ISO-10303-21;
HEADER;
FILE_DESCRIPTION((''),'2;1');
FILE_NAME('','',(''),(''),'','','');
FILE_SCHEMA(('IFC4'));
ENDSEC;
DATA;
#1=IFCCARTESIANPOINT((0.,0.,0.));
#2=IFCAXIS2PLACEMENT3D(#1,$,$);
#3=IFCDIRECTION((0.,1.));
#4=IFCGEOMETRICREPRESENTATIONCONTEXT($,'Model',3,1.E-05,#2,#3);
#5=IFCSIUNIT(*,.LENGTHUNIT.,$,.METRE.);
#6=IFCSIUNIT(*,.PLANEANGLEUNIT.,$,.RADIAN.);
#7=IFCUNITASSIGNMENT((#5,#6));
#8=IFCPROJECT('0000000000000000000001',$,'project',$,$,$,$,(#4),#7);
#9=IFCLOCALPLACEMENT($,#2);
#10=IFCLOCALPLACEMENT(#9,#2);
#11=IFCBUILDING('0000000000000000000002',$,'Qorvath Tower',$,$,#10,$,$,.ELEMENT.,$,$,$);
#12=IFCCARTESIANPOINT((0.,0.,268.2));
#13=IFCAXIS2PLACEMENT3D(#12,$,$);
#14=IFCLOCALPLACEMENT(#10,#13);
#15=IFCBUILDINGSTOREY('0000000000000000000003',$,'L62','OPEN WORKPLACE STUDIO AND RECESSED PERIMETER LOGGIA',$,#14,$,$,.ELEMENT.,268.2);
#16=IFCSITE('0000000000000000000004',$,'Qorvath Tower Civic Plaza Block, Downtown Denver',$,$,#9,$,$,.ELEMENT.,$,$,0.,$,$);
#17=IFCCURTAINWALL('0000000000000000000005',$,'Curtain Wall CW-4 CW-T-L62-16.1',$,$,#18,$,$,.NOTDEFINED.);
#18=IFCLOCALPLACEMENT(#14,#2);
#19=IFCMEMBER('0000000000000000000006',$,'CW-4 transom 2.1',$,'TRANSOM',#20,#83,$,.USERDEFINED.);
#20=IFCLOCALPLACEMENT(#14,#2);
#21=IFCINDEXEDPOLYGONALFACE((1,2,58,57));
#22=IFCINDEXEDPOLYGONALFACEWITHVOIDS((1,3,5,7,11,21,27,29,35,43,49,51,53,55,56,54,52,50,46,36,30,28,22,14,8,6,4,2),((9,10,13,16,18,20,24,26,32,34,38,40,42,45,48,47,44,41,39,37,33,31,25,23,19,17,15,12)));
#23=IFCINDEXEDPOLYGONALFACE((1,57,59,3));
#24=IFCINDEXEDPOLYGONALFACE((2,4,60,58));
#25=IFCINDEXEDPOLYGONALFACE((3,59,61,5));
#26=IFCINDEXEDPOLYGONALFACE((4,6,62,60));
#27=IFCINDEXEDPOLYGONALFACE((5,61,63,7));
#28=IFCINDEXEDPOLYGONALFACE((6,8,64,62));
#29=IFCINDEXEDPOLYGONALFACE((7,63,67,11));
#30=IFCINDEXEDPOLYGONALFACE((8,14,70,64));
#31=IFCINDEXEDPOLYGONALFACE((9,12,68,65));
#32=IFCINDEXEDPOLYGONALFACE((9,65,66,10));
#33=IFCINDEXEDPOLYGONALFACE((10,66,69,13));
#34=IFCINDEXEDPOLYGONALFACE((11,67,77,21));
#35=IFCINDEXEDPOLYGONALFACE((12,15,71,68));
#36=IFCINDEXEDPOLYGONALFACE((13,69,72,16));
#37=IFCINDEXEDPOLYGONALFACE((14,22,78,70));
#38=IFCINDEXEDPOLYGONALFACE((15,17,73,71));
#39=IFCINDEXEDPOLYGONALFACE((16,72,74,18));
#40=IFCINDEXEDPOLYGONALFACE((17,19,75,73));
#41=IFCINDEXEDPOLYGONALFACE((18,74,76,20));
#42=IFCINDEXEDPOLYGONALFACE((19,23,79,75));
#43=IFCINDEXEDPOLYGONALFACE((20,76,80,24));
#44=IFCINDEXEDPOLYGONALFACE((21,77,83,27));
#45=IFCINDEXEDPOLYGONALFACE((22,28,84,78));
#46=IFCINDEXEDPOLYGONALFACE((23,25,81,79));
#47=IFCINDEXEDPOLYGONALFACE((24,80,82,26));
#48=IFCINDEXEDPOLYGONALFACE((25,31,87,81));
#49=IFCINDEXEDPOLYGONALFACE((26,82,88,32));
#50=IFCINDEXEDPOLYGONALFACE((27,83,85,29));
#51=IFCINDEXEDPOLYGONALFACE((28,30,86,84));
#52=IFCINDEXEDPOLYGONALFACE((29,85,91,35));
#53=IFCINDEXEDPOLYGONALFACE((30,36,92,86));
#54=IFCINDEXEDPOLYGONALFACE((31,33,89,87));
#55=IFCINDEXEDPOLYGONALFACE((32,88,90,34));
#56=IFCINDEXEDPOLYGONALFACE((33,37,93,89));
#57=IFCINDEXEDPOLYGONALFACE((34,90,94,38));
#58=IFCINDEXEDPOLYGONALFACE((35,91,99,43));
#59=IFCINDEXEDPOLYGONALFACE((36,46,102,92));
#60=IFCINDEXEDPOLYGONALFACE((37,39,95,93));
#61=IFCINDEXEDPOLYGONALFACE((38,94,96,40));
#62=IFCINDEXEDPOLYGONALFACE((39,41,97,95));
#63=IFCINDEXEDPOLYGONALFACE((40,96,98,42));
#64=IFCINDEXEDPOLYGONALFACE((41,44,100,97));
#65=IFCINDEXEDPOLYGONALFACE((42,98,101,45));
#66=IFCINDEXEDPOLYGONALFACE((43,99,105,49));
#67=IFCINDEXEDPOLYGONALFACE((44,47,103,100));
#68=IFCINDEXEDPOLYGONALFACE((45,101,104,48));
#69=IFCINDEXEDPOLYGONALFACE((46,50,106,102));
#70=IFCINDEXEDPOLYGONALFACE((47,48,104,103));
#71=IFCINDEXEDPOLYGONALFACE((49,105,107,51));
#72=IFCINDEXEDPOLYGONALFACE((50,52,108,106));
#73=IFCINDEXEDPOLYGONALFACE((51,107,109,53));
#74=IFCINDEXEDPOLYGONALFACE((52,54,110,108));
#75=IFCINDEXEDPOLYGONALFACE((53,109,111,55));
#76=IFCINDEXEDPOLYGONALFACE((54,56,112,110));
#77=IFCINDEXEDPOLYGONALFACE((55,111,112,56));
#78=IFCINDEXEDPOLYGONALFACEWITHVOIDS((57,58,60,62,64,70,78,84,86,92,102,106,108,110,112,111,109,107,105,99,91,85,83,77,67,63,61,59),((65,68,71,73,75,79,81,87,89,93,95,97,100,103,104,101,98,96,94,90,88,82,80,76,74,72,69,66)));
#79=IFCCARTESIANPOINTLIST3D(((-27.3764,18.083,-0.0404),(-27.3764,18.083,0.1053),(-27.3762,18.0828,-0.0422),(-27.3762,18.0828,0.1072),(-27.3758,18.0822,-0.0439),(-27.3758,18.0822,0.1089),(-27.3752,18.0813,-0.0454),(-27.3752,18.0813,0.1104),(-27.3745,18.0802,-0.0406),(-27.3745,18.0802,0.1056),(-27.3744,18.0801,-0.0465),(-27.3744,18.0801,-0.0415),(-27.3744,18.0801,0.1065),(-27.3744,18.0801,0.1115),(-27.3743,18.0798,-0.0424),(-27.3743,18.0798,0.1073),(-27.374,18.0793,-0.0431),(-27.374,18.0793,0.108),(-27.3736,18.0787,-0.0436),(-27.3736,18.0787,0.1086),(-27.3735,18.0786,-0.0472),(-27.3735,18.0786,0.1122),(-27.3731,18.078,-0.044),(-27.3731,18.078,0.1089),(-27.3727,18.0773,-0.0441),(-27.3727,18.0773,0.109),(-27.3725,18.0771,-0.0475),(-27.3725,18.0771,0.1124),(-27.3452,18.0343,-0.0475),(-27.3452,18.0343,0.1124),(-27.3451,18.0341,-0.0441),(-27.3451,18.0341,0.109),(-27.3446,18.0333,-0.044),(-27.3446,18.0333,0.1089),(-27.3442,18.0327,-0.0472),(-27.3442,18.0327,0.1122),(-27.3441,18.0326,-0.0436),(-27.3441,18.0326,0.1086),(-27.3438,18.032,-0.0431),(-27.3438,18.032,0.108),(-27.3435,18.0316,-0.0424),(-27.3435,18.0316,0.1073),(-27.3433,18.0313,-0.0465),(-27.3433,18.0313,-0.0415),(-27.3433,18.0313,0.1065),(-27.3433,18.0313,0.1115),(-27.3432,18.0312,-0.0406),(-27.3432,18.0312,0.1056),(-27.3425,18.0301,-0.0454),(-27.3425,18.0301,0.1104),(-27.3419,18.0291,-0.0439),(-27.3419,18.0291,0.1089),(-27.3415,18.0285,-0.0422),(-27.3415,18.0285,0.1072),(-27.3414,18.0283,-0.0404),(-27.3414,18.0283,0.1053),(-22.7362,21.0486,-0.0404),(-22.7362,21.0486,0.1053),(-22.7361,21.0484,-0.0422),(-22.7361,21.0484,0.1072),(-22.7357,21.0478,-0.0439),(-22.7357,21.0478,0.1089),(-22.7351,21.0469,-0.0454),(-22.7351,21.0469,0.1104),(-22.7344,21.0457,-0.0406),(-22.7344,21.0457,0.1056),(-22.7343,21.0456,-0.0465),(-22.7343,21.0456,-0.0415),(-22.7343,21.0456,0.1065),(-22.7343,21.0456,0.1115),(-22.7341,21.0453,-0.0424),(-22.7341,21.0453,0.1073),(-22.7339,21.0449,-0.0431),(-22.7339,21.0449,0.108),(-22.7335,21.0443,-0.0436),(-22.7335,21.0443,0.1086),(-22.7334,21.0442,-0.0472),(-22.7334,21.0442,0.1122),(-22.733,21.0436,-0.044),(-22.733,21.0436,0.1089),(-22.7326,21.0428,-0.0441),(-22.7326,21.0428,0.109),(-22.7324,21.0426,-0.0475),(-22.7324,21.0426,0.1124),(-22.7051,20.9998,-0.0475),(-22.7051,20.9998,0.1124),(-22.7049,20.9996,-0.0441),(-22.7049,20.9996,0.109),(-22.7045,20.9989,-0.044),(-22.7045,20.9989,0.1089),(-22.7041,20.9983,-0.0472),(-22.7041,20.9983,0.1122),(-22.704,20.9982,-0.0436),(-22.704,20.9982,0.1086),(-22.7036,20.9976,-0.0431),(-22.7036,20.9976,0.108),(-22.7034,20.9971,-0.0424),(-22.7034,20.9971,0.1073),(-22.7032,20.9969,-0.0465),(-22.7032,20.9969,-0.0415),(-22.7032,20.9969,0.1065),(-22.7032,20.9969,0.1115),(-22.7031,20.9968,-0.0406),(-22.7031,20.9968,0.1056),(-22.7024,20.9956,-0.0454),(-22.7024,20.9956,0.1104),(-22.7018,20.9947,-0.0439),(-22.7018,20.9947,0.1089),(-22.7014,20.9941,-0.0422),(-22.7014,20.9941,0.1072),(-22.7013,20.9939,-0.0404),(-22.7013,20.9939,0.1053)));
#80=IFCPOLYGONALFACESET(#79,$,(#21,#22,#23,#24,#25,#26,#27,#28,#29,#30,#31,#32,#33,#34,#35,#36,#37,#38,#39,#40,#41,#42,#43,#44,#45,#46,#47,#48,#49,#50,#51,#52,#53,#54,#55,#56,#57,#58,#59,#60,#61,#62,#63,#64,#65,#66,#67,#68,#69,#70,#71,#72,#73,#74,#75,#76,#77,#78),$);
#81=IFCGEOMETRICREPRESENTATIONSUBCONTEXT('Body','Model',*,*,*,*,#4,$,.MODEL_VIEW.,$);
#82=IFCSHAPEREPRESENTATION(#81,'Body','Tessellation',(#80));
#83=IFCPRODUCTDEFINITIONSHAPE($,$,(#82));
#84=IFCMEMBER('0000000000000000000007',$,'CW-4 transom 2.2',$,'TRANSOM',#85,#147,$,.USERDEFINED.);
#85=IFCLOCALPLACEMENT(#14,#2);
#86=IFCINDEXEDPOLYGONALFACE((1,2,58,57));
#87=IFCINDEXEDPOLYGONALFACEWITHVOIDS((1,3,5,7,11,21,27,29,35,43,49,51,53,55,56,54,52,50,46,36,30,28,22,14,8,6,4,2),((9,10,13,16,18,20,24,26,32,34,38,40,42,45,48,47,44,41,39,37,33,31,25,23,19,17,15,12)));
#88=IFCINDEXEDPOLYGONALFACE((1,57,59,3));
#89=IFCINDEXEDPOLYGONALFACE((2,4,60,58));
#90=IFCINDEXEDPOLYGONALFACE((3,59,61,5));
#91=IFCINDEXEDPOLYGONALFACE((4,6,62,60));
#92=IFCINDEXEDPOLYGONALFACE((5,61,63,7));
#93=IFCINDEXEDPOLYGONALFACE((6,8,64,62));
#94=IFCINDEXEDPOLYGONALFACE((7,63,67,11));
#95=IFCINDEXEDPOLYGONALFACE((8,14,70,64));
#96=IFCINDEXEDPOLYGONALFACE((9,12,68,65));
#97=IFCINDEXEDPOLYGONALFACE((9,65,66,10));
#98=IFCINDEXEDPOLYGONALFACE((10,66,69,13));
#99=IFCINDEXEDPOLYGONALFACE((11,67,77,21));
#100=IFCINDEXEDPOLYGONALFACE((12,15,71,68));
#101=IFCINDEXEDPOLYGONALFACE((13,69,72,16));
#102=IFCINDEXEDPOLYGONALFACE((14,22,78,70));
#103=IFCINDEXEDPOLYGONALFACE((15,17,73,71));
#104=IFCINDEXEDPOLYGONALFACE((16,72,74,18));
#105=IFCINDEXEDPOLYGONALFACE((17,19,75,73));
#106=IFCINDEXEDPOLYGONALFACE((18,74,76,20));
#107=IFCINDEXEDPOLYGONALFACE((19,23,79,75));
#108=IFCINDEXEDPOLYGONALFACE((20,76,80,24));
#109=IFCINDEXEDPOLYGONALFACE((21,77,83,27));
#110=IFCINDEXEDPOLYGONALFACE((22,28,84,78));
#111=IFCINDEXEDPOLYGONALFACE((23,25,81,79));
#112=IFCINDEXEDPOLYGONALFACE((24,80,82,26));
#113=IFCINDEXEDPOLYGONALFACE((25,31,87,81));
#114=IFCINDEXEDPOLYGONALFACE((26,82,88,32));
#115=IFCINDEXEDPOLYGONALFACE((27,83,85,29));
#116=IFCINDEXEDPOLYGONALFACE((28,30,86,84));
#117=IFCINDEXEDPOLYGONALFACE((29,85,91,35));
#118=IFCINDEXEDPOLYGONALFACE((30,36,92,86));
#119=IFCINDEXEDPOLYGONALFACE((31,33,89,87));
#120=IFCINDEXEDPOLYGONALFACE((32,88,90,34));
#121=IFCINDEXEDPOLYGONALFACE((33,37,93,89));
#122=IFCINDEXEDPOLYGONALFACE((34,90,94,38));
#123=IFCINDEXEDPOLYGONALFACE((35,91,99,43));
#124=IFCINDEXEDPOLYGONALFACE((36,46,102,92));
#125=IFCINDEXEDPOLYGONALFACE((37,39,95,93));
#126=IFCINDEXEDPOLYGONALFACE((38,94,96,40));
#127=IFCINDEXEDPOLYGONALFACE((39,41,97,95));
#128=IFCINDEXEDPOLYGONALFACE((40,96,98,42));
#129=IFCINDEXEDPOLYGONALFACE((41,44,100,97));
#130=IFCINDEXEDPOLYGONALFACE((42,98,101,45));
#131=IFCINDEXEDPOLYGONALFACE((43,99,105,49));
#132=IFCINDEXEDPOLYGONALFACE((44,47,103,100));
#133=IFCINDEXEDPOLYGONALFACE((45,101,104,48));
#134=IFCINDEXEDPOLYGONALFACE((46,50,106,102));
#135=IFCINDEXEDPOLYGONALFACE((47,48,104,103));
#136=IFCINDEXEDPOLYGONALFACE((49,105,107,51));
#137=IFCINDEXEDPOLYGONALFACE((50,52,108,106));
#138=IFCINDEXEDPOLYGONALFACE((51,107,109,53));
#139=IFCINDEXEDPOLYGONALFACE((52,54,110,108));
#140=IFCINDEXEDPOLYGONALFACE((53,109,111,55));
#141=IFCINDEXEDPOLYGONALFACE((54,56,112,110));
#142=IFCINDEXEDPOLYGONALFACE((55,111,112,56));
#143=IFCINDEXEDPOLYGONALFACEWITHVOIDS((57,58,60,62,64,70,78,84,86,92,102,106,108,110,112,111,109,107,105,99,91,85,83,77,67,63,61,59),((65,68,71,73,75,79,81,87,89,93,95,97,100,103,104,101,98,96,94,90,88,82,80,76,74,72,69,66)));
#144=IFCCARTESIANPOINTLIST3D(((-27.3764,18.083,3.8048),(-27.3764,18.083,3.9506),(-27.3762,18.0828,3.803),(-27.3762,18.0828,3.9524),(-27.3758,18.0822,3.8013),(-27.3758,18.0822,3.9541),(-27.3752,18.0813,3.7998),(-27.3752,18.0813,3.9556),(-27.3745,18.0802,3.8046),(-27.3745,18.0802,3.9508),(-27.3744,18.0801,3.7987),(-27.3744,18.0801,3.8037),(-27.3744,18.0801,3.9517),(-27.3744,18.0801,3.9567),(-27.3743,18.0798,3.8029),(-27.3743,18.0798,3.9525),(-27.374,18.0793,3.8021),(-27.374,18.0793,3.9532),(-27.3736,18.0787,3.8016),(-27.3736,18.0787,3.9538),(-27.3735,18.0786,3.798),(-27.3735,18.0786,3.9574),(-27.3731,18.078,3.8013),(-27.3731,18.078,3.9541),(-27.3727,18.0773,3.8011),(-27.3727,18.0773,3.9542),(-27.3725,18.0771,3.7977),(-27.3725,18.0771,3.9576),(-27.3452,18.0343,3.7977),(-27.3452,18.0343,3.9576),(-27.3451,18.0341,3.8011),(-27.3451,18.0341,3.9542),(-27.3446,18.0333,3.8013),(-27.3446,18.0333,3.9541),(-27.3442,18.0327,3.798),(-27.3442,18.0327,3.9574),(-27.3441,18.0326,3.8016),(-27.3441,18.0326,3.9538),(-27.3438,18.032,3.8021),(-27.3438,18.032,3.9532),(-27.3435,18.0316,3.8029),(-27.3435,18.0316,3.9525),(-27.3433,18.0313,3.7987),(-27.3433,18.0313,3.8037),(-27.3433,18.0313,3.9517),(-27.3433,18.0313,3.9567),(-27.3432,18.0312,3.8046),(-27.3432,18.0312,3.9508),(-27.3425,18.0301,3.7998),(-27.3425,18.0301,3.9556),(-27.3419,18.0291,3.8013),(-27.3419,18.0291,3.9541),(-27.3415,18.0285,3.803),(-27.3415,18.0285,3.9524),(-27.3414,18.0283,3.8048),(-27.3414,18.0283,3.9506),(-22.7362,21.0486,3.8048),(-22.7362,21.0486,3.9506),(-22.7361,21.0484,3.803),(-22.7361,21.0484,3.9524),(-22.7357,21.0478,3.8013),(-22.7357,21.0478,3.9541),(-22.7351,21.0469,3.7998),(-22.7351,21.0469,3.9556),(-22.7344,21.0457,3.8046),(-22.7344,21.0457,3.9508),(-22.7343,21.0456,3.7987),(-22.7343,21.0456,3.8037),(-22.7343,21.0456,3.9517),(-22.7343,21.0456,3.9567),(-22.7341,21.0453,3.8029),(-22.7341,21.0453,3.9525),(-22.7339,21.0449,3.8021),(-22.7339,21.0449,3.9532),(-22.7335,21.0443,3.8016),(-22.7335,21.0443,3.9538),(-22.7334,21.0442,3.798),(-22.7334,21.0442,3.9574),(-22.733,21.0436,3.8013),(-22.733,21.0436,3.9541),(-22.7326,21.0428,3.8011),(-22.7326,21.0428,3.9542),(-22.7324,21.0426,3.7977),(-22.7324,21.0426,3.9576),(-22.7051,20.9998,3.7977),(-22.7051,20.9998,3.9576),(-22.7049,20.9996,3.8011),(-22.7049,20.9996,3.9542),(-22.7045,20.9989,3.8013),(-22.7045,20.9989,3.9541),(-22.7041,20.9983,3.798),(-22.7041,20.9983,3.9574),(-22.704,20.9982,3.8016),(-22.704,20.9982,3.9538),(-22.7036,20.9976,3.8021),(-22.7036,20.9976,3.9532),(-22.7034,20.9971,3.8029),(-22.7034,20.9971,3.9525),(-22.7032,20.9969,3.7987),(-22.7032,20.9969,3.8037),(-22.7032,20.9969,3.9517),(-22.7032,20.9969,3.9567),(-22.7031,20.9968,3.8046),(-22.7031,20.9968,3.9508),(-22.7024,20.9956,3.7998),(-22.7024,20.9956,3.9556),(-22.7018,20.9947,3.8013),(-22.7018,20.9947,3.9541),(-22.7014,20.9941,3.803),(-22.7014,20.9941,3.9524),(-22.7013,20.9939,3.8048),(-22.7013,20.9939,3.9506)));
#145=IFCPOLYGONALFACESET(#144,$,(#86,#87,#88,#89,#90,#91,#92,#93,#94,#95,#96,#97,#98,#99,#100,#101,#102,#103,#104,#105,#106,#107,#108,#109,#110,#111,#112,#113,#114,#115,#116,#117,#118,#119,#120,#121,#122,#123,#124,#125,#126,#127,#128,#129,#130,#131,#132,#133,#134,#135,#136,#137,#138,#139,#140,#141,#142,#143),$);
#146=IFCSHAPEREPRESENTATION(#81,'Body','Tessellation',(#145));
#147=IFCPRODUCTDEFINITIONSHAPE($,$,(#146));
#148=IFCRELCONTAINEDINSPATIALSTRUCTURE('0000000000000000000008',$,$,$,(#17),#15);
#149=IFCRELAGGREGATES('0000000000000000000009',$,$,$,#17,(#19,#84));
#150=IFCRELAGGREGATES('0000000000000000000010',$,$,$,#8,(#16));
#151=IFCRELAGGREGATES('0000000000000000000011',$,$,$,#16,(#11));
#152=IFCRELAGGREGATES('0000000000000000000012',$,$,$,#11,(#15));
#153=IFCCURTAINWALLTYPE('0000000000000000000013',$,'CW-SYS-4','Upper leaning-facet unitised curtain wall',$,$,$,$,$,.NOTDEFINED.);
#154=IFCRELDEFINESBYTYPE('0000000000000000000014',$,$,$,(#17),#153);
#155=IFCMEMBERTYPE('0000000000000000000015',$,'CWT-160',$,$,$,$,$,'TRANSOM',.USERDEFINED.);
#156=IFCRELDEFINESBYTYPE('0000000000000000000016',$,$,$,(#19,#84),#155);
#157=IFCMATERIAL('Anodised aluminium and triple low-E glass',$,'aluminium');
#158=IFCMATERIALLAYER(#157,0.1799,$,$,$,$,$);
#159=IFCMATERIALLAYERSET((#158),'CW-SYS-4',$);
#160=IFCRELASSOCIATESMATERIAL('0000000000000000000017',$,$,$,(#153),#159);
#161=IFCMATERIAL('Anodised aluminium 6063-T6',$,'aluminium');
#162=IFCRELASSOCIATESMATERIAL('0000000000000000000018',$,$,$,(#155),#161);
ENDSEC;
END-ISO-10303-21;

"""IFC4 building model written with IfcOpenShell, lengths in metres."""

from ifc_helpers import new_model, si_unit, direction, frame, origin, origin_2d, place, context, subcontext, project, spatial, hollow_rectangle, extrude, material, layer, layer_set, material_profile, profile_set, type_object, element, aggregate, save


model = new_model("IFC4")

# Units and contexts
model_context = context("Model", 3, precision=1e-05, world=origin(), true_north=direction((0.0, 1.0)))
body_context = subcontext(model_context, "Body", "Model", "MODEL_VIEW")
ifc_project = project(units=[si_unit("LENGTHUNIT", "METRE"), si_unit("PLANEANGLEUNIT", "RADIAN")], contexts=[model_context])

# Site, building, storey
site_placement = place(None, origin())
site = spatial("IfcSite", under=ifc_project, at=site_placement, Name="Qorvath Tower Civic Plaza Block, Downtown Denver", CompositionType="ELEMENT", RefElevation=0.0)
building_placement = place(site_placement, origin())
building = spatial("IfcBuilding", under=site, at=building_placement, Name="Qorvath Tower", CompositionType="ELEMENT")
storey_placement = place(building_placement, frame((0.0, 0.0, 268.2)))
storey = spatial("IfcBuildingStorey", under=building, at=storey_placement, Name="L62", Description="OPEN WORKPLACE STUDIO AND RECESSED PERIMETER LOGGIA", CompositionType="ELEMENT", Elevation=268.2)

# Curtain wall, members
ifc_material_1 = material(Name="Anodised aluminium and triple low-E glass", Category="aluminium")
ifc_layer_1 = layer(ifc_material_1, 0.1799)
ifc_layer_set_1 = layer_set([ifc_layer_1], Name="CW-SYS-4")
curtain_wall_type = type_object("IfcCurtainWallType", Name="CW-SYS-4", Description="Upper leaning-facet unitised curtain wall", PredefinedType="NOTDEFINED", material=ifc_layer_set_1)
curtain_wall_placement = place(storey_placement, origin())
curtain_wall = element("IfcCurtainWall", 1, at=curtain_wall_placement, inside=storey, type_object=curtain_wall_type, Name="Curtain Wall CW-4 CW-T-L62-16.1", PredefinedType="NOTDEFINED")
ifc_material_2 = material(Name="Anodised aluminium 6063-T6", Category="aluminium")
ifc_material_profile_1 = material_profile(ifc_material_2, hollow_rectangle(XDim=0.0649, YDim=0.1599, WallThickness=0.0034, InnerFilletRadius=0.0034, OuterFilletRadius=0.0071, at=origin_2d()), Name="CWT 160x65")
ifc_profile_set_1 = profile_set([ifc_material_profile_1], Name="Anodised aluminium 6063-T6")
member_type_1 = type_object("IfcMemberType", Name="CWT-160", ElementType="TRANSOM", PredefinedType="USERDEFINED", material=ifc_profile_set_1)
member_1_placement = place(storey_placement, frame((-22.7188, 21.0212, 0.0325), z_axis=(-0.84261, -0.538524, 0.0), x_axis=(0.538524, -0.84261, 0.0)))
member_1 = element("IfcMember", 2, at=member_1_placement, type_object=member_type_1, Name="CW-4 transom 2.1", ObjectType="TRANSOM", PredefinedType="USERDEFINED", context=body_context, shape_type="SweptSolid", body=[
    extrude(hollow_rectangle(XDim=0.0649, YDim=0.1599, WallThickness=0.0034, InnerFilletRadius=0.0034, OuterFilletRadius=0.0071, at=origin_2d()), origin(), (0.0, 0.0, 1.0), 5.5068),
])
member_2_placement = place(storey_placement, frame((-22.7188, 21.0212, 3.8777), z_axis=(-0.84261, -0.538524, 0.0), x_axis=(0.538524, -0.84261, 0.0)))
member_2 = element("IfcMember", 3, at=member_2_placement, type_object=member_type_1, Name="CW-4 transom 2.2", ObjectType="TRANSOM", PredefinedType="USERDEFINED", context=body_context, shape_type="SweptSolid", body=[
    extrude(hollow_rectangle(XDim=0.0649, YDim=0.1599, WallThickness=0.0034, InnerFilletRadius=0.0034, OuterFilletRadius=0.0071, at=origin_2d()), origin(), (0.0, 0.0, 1.0), 5.5068),
])
aggregate(curtain_wall, [member_1, member_2])

save(model, "model.ifc")
